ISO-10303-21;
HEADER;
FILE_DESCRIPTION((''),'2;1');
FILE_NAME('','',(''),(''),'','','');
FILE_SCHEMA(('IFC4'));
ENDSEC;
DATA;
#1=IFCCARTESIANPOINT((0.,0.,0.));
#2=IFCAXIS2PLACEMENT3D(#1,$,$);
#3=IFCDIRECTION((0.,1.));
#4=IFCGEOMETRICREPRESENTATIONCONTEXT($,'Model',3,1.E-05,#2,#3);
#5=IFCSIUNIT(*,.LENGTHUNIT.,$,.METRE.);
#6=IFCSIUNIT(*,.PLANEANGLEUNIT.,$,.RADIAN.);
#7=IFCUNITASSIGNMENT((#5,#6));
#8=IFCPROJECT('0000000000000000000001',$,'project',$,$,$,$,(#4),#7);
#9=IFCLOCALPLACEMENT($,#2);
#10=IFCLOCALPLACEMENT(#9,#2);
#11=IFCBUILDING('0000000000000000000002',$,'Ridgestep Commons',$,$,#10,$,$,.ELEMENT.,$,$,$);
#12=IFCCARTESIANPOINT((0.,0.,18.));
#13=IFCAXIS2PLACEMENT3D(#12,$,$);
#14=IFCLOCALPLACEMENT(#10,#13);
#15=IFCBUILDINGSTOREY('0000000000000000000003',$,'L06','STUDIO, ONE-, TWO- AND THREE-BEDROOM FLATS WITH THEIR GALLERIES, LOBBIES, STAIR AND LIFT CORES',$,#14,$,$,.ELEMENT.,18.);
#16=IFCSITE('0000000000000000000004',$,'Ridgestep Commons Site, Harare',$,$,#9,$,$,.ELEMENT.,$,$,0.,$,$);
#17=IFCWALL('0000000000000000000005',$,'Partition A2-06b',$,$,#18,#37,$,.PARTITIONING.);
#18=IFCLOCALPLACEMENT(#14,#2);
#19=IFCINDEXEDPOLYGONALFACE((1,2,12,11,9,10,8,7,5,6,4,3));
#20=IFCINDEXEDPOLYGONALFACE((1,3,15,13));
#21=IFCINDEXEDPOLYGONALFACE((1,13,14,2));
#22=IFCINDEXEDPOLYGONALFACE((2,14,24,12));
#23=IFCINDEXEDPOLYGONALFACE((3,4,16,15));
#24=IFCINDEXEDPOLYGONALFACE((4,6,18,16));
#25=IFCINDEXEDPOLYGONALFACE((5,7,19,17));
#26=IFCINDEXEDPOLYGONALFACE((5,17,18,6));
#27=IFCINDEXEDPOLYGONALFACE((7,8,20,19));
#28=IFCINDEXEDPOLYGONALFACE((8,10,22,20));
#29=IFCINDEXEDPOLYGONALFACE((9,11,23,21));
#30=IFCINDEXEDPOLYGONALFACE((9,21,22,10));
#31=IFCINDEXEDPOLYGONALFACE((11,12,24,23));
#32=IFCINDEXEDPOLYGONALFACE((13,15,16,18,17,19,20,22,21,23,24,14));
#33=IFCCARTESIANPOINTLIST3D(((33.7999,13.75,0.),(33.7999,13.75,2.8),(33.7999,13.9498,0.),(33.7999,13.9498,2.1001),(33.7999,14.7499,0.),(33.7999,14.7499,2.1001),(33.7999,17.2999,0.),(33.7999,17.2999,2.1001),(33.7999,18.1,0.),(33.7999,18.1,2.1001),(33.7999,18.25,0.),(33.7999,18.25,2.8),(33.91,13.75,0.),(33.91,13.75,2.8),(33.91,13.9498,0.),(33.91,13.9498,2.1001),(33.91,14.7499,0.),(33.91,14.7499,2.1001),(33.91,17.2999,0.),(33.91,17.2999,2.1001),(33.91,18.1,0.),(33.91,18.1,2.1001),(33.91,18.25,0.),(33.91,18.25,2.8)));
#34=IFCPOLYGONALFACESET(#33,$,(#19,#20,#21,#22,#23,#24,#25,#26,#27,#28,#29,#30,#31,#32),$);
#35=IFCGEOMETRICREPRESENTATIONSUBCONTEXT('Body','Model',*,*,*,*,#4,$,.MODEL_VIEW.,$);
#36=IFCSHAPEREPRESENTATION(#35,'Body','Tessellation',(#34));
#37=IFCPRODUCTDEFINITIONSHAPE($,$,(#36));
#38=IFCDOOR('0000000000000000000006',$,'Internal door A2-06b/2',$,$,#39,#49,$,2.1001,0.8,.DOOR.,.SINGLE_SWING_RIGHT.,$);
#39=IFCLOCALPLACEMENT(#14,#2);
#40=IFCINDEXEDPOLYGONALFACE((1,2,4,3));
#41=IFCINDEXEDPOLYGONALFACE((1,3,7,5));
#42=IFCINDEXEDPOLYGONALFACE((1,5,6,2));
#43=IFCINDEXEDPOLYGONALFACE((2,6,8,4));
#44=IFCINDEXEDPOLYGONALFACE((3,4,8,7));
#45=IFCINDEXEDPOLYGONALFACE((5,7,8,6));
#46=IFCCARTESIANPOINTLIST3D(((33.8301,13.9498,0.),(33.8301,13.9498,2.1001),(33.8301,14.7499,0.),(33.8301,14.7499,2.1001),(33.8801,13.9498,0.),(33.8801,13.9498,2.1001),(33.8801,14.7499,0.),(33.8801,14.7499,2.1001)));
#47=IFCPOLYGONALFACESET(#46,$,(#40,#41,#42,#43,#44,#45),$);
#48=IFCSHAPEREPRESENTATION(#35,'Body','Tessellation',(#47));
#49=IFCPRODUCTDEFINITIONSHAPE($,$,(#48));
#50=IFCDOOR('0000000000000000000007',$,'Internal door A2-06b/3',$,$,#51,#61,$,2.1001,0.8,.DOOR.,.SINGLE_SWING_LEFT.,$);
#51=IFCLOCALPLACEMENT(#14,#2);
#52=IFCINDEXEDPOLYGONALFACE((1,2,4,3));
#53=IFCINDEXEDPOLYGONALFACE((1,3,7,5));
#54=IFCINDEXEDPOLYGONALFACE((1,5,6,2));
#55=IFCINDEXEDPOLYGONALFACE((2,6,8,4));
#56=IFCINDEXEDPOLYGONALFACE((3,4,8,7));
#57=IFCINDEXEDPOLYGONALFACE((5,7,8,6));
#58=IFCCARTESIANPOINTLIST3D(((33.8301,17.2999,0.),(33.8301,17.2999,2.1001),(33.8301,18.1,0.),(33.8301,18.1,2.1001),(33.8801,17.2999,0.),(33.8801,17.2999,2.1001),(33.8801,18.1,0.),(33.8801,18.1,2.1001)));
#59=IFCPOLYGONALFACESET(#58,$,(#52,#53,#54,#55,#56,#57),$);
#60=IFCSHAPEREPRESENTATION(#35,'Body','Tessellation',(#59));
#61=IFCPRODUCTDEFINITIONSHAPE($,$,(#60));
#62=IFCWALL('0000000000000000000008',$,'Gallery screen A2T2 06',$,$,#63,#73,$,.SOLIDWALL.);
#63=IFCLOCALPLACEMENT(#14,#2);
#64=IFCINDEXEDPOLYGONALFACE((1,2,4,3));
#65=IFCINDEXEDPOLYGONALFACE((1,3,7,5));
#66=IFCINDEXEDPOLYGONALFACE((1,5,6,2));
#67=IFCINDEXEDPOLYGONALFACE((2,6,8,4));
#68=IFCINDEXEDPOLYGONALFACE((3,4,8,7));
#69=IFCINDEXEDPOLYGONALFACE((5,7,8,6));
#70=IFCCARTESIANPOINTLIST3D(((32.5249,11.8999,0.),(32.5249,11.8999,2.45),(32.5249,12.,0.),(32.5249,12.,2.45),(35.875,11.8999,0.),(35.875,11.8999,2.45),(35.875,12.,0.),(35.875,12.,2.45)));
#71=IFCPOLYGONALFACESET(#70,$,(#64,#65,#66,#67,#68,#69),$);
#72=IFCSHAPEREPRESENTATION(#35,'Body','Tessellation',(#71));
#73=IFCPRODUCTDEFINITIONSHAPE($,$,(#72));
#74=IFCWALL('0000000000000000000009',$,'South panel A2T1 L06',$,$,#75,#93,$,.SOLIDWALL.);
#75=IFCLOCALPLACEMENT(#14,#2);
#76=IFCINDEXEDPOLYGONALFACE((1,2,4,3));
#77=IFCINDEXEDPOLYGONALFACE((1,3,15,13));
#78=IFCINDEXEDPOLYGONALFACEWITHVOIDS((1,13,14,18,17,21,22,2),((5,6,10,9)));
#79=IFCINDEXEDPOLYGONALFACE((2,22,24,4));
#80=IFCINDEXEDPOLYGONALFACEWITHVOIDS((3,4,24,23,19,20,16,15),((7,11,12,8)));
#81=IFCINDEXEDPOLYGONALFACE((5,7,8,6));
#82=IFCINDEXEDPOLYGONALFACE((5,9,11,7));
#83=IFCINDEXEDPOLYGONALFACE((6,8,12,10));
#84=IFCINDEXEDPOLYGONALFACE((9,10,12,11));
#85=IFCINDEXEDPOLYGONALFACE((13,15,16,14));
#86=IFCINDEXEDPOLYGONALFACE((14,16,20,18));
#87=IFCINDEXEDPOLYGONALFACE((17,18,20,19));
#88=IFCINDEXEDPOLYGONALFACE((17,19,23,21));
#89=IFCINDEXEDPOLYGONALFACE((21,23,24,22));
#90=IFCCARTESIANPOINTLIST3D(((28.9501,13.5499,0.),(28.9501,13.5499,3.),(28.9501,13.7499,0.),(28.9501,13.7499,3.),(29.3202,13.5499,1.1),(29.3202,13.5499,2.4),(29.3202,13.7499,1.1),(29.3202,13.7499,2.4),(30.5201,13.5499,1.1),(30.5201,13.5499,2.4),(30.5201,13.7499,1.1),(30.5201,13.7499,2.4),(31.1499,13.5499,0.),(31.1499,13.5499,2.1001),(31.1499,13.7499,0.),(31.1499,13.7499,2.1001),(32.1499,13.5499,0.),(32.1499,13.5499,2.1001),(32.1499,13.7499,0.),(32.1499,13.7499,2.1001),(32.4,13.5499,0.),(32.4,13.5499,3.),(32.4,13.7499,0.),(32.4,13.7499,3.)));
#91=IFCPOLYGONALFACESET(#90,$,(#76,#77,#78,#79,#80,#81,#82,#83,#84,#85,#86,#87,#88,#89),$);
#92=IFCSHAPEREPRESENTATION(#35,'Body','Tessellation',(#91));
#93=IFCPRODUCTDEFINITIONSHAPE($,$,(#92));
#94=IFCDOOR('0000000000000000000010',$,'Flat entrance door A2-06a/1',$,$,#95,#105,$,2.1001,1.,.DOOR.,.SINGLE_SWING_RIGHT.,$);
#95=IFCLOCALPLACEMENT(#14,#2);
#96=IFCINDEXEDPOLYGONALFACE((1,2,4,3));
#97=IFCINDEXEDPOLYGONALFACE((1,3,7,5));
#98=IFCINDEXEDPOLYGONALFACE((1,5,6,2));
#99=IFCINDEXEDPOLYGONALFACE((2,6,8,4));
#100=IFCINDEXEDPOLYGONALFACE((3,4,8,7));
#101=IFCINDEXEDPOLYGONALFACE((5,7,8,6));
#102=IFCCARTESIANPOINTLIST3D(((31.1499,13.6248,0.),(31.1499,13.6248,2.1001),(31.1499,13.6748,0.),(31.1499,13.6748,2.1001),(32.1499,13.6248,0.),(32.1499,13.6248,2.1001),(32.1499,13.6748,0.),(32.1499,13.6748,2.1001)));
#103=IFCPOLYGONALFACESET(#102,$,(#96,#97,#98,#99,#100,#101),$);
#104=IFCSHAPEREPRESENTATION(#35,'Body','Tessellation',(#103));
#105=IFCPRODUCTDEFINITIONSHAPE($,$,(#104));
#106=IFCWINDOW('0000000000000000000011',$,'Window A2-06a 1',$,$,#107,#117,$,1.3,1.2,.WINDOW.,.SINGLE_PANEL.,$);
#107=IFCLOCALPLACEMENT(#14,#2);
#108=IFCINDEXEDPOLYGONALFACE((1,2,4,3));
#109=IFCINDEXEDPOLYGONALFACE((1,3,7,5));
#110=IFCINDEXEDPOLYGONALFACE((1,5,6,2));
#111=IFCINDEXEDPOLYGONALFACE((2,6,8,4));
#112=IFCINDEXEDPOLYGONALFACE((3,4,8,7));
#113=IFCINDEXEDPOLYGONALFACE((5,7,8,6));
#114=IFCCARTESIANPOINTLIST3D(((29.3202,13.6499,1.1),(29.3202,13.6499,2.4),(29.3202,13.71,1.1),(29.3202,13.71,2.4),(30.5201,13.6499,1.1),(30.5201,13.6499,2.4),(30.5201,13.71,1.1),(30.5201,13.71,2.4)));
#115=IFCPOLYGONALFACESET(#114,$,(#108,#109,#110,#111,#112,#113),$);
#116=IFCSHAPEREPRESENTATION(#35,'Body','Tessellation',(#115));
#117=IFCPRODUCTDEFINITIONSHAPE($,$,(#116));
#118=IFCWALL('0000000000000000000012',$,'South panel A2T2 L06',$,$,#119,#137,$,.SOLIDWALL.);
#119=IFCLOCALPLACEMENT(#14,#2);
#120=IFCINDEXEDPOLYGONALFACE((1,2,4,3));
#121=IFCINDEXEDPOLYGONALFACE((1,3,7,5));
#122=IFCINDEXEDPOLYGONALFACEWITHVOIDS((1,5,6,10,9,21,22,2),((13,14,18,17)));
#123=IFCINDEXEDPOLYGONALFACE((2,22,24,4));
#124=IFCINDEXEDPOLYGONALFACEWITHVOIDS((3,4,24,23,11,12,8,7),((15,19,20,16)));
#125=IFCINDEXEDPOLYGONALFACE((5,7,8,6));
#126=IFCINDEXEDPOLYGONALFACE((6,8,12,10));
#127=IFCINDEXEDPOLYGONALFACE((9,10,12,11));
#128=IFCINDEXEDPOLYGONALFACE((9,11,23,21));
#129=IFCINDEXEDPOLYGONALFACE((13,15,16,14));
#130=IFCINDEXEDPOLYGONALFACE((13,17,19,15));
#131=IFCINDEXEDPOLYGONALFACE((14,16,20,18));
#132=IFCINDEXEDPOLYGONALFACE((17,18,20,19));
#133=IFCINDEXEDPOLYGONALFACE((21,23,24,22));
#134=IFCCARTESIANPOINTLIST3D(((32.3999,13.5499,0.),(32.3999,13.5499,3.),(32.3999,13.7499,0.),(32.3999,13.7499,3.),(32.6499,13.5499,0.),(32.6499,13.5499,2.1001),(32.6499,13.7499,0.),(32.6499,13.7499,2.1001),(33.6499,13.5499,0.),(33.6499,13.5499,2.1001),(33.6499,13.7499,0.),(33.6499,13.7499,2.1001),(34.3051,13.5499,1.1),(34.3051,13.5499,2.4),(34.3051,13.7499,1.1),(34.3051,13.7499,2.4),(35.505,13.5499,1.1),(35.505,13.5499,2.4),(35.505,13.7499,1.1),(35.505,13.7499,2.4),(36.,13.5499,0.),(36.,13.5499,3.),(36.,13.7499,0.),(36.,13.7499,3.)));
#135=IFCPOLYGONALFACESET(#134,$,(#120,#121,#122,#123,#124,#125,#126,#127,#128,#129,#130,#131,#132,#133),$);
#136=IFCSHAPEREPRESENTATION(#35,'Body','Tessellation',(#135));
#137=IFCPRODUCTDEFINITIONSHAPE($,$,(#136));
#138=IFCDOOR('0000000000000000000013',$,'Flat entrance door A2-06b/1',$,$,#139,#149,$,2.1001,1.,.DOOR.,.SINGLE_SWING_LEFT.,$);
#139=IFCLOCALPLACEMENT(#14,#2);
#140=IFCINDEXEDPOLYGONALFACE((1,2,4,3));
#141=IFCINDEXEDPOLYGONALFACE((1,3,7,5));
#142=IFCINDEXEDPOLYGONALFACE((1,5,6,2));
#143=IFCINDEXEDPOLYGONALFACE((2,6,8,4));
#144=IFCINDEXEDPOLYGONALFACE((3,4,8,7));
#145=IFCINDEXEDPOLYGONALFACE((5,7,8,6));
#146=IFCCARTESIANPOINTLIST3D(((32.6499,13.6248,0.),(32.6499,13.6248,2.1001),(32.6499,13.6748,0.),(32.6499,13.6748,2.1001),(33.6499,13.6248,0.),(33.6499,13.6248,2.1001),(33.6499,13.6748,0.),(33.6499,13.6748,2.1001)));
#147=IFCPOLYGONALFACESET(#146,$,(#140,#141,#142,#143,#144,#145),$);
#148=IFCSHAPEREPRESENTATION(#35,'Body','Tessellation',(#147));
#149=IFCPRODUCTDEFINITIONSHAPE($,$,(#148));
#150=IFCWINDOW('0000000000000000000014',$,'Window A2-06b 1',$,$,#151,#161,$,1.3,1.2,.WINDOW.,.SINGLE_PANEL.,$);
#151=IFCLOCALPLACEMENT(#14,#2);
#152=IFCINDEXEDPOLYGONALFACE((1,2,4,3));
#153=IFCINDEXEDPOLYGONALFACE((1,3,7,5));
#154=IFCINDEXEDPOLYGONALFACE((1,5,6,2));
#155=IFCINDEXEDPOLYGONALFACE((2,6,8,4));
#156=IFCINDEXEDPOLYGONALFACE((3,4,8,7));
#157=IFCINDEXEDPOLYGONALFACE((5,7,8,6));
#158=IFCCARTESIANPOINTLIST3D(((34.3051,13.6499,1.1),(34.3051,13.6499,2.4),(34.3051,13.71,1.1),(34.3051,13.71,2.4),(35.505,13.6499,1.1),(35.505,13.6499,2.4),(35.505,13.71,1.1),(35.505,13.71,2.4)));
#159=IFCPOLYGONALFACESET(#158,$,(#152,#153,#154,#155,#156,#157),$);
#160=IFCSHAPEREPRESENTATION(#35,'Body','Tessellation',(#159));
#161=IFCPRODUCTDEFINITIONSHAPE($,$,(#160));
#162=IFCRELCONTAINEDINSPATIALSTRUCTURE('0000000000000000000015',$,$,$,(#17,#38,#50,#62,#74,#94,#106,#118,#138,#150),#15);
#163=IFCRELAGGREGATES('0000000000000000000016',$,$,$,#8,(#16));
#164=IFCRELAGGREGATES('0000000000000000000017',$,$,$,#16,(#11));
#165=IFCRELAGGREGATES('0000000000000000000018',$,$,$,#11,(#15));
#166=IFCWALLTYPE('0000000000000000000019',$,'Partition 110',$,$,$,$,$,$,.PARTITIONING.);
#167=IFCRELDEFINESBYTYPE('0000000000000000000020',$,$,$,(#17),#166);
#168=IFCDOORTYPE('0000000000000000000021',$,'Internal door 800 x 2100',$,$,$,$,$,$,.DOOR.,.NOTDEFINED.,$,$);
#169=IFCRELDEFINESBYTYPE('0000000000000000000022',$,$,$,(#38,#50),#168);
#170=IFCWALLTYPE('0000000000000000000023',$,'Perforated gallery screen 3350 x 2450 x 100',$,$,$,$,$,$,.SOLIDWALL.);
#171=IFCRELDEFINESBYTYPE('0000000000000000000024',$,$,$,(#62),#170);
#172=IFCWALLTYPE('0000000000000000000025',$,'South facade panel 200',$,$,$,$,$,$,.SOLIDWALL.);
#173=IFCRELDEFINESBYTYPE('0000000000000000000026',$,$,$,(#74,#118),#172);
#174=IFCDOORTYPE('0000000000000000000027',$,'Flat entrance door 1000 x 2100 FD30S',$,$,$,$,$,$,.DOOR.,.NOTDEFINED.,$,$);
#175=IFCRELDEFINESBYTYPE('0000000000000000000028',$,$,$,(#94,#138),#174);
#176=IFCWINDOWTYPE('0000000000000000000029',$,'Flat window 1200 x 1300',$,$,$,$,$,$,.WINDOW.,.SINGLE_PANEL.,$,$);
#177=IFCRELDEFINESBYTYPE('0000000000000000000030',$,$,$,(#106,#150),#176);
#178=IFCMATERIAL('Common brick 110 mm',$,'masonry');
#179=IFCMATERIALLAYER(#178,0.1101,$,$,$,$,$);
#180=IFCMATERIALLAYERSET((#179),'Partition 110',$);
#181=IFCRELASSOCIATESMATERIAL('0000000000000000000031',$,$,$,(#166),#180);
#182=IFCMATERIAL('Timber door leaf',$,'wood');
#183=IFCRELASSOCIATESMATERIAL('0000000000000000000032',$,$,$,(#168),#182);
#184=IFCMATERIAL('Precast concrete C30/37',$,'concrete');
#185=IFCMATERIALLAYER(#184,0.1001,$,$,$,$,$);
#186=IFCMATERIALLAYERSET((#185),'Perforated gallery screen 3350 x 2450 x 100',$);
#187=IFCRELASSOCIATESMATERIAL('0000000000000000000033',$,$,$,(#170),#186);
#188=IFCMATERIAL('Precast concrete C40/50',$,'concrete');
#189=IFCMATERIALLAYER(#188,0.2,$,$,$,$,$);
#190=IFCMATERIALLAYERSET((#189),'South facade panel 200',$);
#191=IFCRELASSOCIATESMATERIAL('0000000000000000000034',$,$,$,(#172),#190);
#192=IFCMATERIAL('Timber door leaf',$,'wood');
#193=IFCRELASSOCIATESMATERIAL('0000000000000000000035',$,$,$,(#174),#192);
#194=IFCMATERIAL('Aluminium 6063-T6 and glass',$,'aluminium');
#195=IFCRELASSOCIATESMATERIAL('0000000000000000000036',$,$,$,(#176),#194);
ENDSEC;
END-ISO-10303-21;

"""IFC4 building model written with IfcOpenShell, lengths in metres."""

from ifc_helpers import new_model, si_unit, direction, frame, frame_2d, origin, place, context, subcontext, project, spatial, rectangle, extrude, material, layer, layer_set, type_object, element, fill, save


model = new_model("IFC4")

# Units and contexts
model_context = context("Model", 3, precision=1e-05, world=origin(), true_north=direction((0.0, 1.0)))
body_context = subcontext(model_context, "Body", "Model", "MODEL_VIEW")
ifc_project = project(units=[si_unit("LENGTHUNIT", "METRE"), si_unit("PLANEANGLEUNIT", "RADIAN")], contexts=[model_context])

# Site, building, storey
site_placement = place(None, origin())
site = spatial("IfcSite", under=ifc_project, at=site_placement, Name="Ridgestep Commons Site, Harare", CompositionType="ELEMENT", RefElevation=0.0)
building_placement = place(site_placement, origin())
building = spatial("IfcBuilding", under=site, at=building_placement, Name="Ridgestep Commons", CompositionType="ELEMENT")
storey_placement = place(building_placement, frame((0.0, 0.0, 18.0)))
storey = spatial("IfcBuildingStorey", under=building, at=storey_placement, Name="L06", Description="STUDIO, ONE-, TWO- AND THREE-BEDROOM FLATS WITH THEIR GALLERIES, LOBBIES, STAIR AND LIFT CORES", CompositionType="ELEMENT", Elevation=18.0)

# Shared definitions
ifc_material_1 = material(Name="Common brick 110 mm", Category="masonry")
ifc_layer_1 = layer(ifc_material_1, 0.1101)
ifc_layer_set_1 = layer_set([ifc_layer_1], Name="Partition 110")
wall_type_1 = type_object("IfcWallType", Name="Partition 110", PredefinedType="PARTITIONING", material=ifc_layer_set_1)

# Wall, openings, doors
ifc_material_2 = material(Name="Timber door leaf", Category="wood")
door_type_1 = type_object("IfcDoorType", Name="Internal door 800 x 2100", OperationType="NOTDEFINED", PredefinedType="DOOR", material=ifc_material_2)
wall_1_placement = place(storey_placement, frame((33.855, 13.75, 0.0), z_axis=(0.0, 0.0, 1.0), x_axis=(0.0, 1.0, 0.0)))
wall_1 = element("IfcWall", 1, at=wall_1_placement, inside=storey, type_object=wall_type_1, Name="Partition A2-06b", PredefinedType="PARTITIONING", context=body_context, shape_type="SweptSolid", body=[
    extrude(rectangle(XDim=4.5, YDim=0.1101, at=frame_2d((2.25, 0.0))), origin(), (0.0, 0.0, 1.0), 2.8),
])
opening_1_placement = place(wall_1_placement, frame((0.2, 0.0, 0.0)))
opening_1 = element("IfcOpeningElement", 2, at=opening_1_placement, cuts=wall_1, PredefinedType="OPENING", context=body_context, shape_type="SweptSolid", body=[
    extrude(rectangle(XDim=0.8, YDim=2.1001, at=frame_2d((0.3999, 1.05))), frame((0.0, 0.0649, 0.0), z_axis=(0.0, -1.0, 0.0), x_axis=(1.0, 0.0, 0.0)), (0.0, 0.0, 1.0), 0.1301),
])
opening_2_placement = place(wall_1_placement, frame((3.55, 0.0, 0.0)))
opening_2 = element("IfcOpeningElement", 3, at=opening_2_placement, cuts=wall_1, PredefinedType="OPENING", context=body_context, shape_type="SweptSolid", body=[
    extrude(rectangle(XDim=0.8, YDim=2.1001, at=frame_2d((0.3999, 1.05))), frame((0.0, 0.0649, 0.0), z_axis=(0.0, -1.0, 0.0), x_axis=(1.0, 0.0, 0.0)), (0.0, 0.0, 1.0), 0.1301),
])
door_1_placement = place(opening_1_placement, origin())
door_1 = element("IfcDoor", 4, at=door_1_placement, inside=storey, type_object=door_type_1, Name="Internal door A2-06b/2", OperationType="SINGLE_SWING_RIGHT", OverallHeight=2.1001, OverallWidth=0.8, PredefinedType="DOOR", context=body_context, shape_type="SweptSolid", body=[
    extrude(rectangle(XDim=0.8, YDim=2.1001, at=frame_2d((0.3999, 1.05))), frame((0.0, 0.0249, 0.0), z_axis=(0.0, -1.0, 0.0), x_axis=(1.0, 0.0, 0.0)), (0.0, 0.0, 1.0), 0.05),
])
fill(opening_1, door_1)
door_2_placement = place(opening_2_placement, origin())
door_2 = element("IfcDoor", 5, at=door_2_placement, inside=storey, type_object=door_type_1, Name="Internal door A2-06b/3", OperationType="SINGLE_SWING_LEFT", OverallHeight=2.1001, OverallWidth=0.8, PredefinedType="DOOR", context=body_context, shape_type="SweptSolid", body=[
    extrude(rectangle(XDim=0.8, YDim=2.1001, at=frame_2d((0.3999, 1.05))), frame((0.0, 0.0249, 0.0), z_axis=(0.0, -1.0, 0.0), x_axis=(1.0, 0.0, 0.0)), (0.0, 0.0, 1.0), 0.05),
])
fill(opening_2, door_2)

# Wall
ifc_material_3 = material(Name="Precast concrete C30/37", Category="concrete")
ifc_layer_2 = layer(ifc_material_3, 0.1001)
ifc_layer_set_2 = layer_set([ifc_layer_2], Name="Perforated gallery screen 3350 x 2450 x 100")
wall_type_2 = type_object("IfcWallType", Name="Perforated gallery screen 3350 x 2450 x 100", PredefinedType="SOLIDWALL", material=ifc_layer_set_2)
wall_2_placement = place(storey_placement, frame((32.5249, 11.95, 0.0), z_axis=(0.0, 0.0, 1.0), x_axis=(1.0, 0.0, 0.0)))
element("IfcWall", 6, at=wall_2_placement, inside=storey, type_object=wall_type_2, Name="Gallery screen A2T2 06", PredefinedType="SOLIDWALL", context=body_context, shape_type="SweptSolid", body=[
    extrude(rectangle(XDim=3.3501, YDim=0.1001, at=frame_2d((1.675, 0.0))), origin(), (0.0, 0.0, 1.0), 2.45),
])

# Walls, openings, doors, windows
ifc_material_4 = material(Name="Precast concrete C40/50", Category="concrete")
ifc_layer_3 = layer(ifc_material_4, 0.2)
ifc_layer_set_3 = layer_set([ifc_layer_3], Name="South facade panel 200")
wall_type_3 = type_object("IfcWallType", Name="South facade panel 200", PredefinedType="SOLIDWALL", material=ifc_layer_set_3)
wall_3_placement = place(storey_placement, frame((28.95, 13.6499, 0.0), z_axis=(0.0, 0.0, 1.0), x_axis=(1.0, 0.0, 0.0)))
wall_3 = element("IfcWall", 7, at=wall_3_placement, inside=storey, type_object=wall_type_3, Name="South panel A2T1 L06", PredefinedType="SOLIDWALL", context=body_context, shape_type="SweptSolid", body=[
    extrude(rectangle(XDim=3.45, YDim=0.2, at=frame_2d((1.7251, 0.0))), origin(), (0.0, 0.0, 1.0), 3.0),
])
opening_3_placement = place(wall_3_placement, frame((0.3701, 0.0, 1.1001)))
opening_3 = element("IfcOpeningElement", 8, at=opening_3_placement, cuts=wall_3, PredefinedType="OPENING", context=body_context, shape_type="SweptSolid", body=[
    extrude(rectangle(XDim=1.2, YDim=1.3, at=frame_2d((0.6001, 0.6499))), frame((0.0, 0.1099, 0.0), z_axis=(0.0, -1.0, 0.0), x_axis=(1.0, 0.0, 0.0)), (0.0, 0.0, 1.0), 0.22),
])
opening_4_placement = place(wall_3_placement, frame((2.2, 0.0, 0.0)))
opening_4 = element("IfcOpeningElement", 9, at=opening_4_placement, cuts=wall_3, PredefinedType="OPENING", context=body_context, shape_type="SweptSolid", body=[
    extrude(rectangle(XDim=1.0, YDim=2.1001, at=frame_2d((0.5, 1.05))), frame((0.0, 0.1099, 0.0), z_axis=(0.0, -1.0, 0.0), x_axis=(1.0, 0.0, 0.0)), (0.0, 0.0, 1.0), 0.22),
])
ifc_material_5 = material(Name="Timber door leaf", Category="wood")
door_type_2 = type_object("IfcDoorType", Name="Flat entrance door 1000 x 2100 FD30S", OperationType="NOTDEFINED", PredefinedType="DOOR", material=ifc_material_5)
door_3_placement = place(opening_4_placement, origin())
door_3 = element("IfcDoor", 10, at=door_3_placement, inside=storey, type_object=door_type_2, Name="Flat entrance door A2-06a/1", OperationType="SINGLE_SWING_RIGHT", OverallHeight=2.1001, OverallWidth=1.0, PredefinedType="DOOR", context=body_context, shape_type="SweptSolid", body=[
    extrude(rectangle(XDim=1.0, YDim=2.1001, at=frame_2d((0.5, 1.05))), frame((0.0, 0.0249, 0.0), z_axis=(0.0, -1.0, 0.0), x_axis=(1.0, 0.0, 0.0)), (0.0, 0.0, 1.0), 0.05),
])
fill(opening_4, door_3)
ifc_material_6 = material(Name="Aluminium 6063-T6 and glass", Category="aluminium")
window_type = type_object("IfcWindowType", Name="Flat window 1200 x 1300", PartitioningType="SINGLE_PANEL", PredefinedType="WINDOW", material=ifc_material_6)
window_1_placement = place(opening_3_placement, origin())
window_1 = element("IfcWindow", 11, at=window_1_placement, inside=storey, type_object=window_type, Name="Window A2-06a 1", OverallHeight=1.3, OverallWidth=1.2, PartitioningType="SINGLE_PANEL", PredefinedType="WINDOW", context=body_context, shape_type="SweptSolid", body=[
    extrude(rectangle(XDim=1.2, YDim=1.3, at=frame_2d((0.6001, 0.6499))), frame((0.0, 0.0601, 0.0), z_axis=(0.0, -1.0, 0.0), x_axis=(1.0, 0.0, 0.0)), (0.0, 0.0, 1.0), 0.0601),
])
fill(opening_3, window_1)
wall_4_placement = place(storey_placement, frame((32.3999, 13.6499, 0.0), z_axis=(0.0, 0.0, 1.0), x_axis=(1.0, 0.0, 0.0)))
wall_4 = element("IfcWall", 12, at=wall_4_placement, inside=storey, type_object=wall_type_3, Name="South panel A2T2 L06", PredefinedType="SOLIDWALL", context=body_context, shape_type="SweptSolid", body=[
    extrude(rectangle(XDim=3.6001, YDim=0.2, at=frame_2d((1.8, 0.0))), origin(), (0.0, 0.0, 1.0), 3.0),
])
opening_5_placement = place(wall_4_placement, frame((1.905, 0.0, 1.1001)))
opening_5 = element("IfcOpeningElement", 13, at=opening_5_placement, cuts=wall_4, PredefinedType="OPENING", context=body_context, shape_type="SweptSolid", body=[
    extrude(rectangle(XDim=1.2, YDim=1.3, at=frame_2d((0.6001, 0.6499))), frame((0.0, 0.1099, 0.0), z_axis=(0.0, -1.0, 0.0), x_axis=(1.0, 0.0, 0.0)), (0.0, 0.0, 1.0), 0.22),
])
opening_6_placement = place(wall_4_placement, frame((0.25, 0.0, 0.0)))
opening_6 = element("IfcOpeningElement", 14, at=opening_6_placement, cuts=wall_4, PredefinedType="OPENING", context=body_context, shape_type="SweptSolid", body=[
    extrude(rectangle(XDim=1.0, YDim=2.1001, at=frame_2d((0.5, 1.05))), frame((0.0, 0.1099, 0.0), z_axis=(0.0, -1.0, 0.0), x_axis=(1.0, 0.0, 0.0)), (0.0, 0.0, 1.0), 0.22),
])
door_4_placement = place(opening_6_placement, origin())
door_4 = element("IfcDoor", 15, at=door_4_placement, inside=storey, type_object=door_type_2, Name="Flat entrance door A2-06b/1", OperationType="SINGLE_SWING_LEFT", OverallHeight=2.1001, OverallWidth=1.0, PredefinedType="DOOR", context=body_context, shape_type="SweptSolid", body=[
    extrude(rectangle(XDim=1.0, YDim=2.1001, at=frame_2d((0.5, 1.05))), frame((0.0, 0.0249, 0.0), z_axis=(0.0, -1.0, 0.0), x_axis=(1.0, 0.0, 0.0)), (0.0, 0.0, 1.0), 0.05),
])
fill(opening_6, door_4)
window_2_placement = place(opening_5_placement, origin())
window_2 = element("IfcWindow", 16, at=window_2_placement, inside=storey, type_object=window_type, Name="Window A2-06b 1", OverallHeight=1.3, OverallWidth=1.2, PartitioningType="SINGLE_PANEL", PredefinedType="WINDOW", context=body_context, shape_type="SweptSolid", body=[
    extrude(rectangle(XDim=1.2, YDim=1.3, at=frame_2d((0.6001, 0.6499))), frame((0.0, 0.0601, 0.0), z_axis=(0.0, -1.0, 0.0), x_axis=(1.0, 0.0, 0.0)), (0.0, 0.0, 1.0), 0.0601),
])
fill(opening_5, window_2)

save(model, "model.ifc")
